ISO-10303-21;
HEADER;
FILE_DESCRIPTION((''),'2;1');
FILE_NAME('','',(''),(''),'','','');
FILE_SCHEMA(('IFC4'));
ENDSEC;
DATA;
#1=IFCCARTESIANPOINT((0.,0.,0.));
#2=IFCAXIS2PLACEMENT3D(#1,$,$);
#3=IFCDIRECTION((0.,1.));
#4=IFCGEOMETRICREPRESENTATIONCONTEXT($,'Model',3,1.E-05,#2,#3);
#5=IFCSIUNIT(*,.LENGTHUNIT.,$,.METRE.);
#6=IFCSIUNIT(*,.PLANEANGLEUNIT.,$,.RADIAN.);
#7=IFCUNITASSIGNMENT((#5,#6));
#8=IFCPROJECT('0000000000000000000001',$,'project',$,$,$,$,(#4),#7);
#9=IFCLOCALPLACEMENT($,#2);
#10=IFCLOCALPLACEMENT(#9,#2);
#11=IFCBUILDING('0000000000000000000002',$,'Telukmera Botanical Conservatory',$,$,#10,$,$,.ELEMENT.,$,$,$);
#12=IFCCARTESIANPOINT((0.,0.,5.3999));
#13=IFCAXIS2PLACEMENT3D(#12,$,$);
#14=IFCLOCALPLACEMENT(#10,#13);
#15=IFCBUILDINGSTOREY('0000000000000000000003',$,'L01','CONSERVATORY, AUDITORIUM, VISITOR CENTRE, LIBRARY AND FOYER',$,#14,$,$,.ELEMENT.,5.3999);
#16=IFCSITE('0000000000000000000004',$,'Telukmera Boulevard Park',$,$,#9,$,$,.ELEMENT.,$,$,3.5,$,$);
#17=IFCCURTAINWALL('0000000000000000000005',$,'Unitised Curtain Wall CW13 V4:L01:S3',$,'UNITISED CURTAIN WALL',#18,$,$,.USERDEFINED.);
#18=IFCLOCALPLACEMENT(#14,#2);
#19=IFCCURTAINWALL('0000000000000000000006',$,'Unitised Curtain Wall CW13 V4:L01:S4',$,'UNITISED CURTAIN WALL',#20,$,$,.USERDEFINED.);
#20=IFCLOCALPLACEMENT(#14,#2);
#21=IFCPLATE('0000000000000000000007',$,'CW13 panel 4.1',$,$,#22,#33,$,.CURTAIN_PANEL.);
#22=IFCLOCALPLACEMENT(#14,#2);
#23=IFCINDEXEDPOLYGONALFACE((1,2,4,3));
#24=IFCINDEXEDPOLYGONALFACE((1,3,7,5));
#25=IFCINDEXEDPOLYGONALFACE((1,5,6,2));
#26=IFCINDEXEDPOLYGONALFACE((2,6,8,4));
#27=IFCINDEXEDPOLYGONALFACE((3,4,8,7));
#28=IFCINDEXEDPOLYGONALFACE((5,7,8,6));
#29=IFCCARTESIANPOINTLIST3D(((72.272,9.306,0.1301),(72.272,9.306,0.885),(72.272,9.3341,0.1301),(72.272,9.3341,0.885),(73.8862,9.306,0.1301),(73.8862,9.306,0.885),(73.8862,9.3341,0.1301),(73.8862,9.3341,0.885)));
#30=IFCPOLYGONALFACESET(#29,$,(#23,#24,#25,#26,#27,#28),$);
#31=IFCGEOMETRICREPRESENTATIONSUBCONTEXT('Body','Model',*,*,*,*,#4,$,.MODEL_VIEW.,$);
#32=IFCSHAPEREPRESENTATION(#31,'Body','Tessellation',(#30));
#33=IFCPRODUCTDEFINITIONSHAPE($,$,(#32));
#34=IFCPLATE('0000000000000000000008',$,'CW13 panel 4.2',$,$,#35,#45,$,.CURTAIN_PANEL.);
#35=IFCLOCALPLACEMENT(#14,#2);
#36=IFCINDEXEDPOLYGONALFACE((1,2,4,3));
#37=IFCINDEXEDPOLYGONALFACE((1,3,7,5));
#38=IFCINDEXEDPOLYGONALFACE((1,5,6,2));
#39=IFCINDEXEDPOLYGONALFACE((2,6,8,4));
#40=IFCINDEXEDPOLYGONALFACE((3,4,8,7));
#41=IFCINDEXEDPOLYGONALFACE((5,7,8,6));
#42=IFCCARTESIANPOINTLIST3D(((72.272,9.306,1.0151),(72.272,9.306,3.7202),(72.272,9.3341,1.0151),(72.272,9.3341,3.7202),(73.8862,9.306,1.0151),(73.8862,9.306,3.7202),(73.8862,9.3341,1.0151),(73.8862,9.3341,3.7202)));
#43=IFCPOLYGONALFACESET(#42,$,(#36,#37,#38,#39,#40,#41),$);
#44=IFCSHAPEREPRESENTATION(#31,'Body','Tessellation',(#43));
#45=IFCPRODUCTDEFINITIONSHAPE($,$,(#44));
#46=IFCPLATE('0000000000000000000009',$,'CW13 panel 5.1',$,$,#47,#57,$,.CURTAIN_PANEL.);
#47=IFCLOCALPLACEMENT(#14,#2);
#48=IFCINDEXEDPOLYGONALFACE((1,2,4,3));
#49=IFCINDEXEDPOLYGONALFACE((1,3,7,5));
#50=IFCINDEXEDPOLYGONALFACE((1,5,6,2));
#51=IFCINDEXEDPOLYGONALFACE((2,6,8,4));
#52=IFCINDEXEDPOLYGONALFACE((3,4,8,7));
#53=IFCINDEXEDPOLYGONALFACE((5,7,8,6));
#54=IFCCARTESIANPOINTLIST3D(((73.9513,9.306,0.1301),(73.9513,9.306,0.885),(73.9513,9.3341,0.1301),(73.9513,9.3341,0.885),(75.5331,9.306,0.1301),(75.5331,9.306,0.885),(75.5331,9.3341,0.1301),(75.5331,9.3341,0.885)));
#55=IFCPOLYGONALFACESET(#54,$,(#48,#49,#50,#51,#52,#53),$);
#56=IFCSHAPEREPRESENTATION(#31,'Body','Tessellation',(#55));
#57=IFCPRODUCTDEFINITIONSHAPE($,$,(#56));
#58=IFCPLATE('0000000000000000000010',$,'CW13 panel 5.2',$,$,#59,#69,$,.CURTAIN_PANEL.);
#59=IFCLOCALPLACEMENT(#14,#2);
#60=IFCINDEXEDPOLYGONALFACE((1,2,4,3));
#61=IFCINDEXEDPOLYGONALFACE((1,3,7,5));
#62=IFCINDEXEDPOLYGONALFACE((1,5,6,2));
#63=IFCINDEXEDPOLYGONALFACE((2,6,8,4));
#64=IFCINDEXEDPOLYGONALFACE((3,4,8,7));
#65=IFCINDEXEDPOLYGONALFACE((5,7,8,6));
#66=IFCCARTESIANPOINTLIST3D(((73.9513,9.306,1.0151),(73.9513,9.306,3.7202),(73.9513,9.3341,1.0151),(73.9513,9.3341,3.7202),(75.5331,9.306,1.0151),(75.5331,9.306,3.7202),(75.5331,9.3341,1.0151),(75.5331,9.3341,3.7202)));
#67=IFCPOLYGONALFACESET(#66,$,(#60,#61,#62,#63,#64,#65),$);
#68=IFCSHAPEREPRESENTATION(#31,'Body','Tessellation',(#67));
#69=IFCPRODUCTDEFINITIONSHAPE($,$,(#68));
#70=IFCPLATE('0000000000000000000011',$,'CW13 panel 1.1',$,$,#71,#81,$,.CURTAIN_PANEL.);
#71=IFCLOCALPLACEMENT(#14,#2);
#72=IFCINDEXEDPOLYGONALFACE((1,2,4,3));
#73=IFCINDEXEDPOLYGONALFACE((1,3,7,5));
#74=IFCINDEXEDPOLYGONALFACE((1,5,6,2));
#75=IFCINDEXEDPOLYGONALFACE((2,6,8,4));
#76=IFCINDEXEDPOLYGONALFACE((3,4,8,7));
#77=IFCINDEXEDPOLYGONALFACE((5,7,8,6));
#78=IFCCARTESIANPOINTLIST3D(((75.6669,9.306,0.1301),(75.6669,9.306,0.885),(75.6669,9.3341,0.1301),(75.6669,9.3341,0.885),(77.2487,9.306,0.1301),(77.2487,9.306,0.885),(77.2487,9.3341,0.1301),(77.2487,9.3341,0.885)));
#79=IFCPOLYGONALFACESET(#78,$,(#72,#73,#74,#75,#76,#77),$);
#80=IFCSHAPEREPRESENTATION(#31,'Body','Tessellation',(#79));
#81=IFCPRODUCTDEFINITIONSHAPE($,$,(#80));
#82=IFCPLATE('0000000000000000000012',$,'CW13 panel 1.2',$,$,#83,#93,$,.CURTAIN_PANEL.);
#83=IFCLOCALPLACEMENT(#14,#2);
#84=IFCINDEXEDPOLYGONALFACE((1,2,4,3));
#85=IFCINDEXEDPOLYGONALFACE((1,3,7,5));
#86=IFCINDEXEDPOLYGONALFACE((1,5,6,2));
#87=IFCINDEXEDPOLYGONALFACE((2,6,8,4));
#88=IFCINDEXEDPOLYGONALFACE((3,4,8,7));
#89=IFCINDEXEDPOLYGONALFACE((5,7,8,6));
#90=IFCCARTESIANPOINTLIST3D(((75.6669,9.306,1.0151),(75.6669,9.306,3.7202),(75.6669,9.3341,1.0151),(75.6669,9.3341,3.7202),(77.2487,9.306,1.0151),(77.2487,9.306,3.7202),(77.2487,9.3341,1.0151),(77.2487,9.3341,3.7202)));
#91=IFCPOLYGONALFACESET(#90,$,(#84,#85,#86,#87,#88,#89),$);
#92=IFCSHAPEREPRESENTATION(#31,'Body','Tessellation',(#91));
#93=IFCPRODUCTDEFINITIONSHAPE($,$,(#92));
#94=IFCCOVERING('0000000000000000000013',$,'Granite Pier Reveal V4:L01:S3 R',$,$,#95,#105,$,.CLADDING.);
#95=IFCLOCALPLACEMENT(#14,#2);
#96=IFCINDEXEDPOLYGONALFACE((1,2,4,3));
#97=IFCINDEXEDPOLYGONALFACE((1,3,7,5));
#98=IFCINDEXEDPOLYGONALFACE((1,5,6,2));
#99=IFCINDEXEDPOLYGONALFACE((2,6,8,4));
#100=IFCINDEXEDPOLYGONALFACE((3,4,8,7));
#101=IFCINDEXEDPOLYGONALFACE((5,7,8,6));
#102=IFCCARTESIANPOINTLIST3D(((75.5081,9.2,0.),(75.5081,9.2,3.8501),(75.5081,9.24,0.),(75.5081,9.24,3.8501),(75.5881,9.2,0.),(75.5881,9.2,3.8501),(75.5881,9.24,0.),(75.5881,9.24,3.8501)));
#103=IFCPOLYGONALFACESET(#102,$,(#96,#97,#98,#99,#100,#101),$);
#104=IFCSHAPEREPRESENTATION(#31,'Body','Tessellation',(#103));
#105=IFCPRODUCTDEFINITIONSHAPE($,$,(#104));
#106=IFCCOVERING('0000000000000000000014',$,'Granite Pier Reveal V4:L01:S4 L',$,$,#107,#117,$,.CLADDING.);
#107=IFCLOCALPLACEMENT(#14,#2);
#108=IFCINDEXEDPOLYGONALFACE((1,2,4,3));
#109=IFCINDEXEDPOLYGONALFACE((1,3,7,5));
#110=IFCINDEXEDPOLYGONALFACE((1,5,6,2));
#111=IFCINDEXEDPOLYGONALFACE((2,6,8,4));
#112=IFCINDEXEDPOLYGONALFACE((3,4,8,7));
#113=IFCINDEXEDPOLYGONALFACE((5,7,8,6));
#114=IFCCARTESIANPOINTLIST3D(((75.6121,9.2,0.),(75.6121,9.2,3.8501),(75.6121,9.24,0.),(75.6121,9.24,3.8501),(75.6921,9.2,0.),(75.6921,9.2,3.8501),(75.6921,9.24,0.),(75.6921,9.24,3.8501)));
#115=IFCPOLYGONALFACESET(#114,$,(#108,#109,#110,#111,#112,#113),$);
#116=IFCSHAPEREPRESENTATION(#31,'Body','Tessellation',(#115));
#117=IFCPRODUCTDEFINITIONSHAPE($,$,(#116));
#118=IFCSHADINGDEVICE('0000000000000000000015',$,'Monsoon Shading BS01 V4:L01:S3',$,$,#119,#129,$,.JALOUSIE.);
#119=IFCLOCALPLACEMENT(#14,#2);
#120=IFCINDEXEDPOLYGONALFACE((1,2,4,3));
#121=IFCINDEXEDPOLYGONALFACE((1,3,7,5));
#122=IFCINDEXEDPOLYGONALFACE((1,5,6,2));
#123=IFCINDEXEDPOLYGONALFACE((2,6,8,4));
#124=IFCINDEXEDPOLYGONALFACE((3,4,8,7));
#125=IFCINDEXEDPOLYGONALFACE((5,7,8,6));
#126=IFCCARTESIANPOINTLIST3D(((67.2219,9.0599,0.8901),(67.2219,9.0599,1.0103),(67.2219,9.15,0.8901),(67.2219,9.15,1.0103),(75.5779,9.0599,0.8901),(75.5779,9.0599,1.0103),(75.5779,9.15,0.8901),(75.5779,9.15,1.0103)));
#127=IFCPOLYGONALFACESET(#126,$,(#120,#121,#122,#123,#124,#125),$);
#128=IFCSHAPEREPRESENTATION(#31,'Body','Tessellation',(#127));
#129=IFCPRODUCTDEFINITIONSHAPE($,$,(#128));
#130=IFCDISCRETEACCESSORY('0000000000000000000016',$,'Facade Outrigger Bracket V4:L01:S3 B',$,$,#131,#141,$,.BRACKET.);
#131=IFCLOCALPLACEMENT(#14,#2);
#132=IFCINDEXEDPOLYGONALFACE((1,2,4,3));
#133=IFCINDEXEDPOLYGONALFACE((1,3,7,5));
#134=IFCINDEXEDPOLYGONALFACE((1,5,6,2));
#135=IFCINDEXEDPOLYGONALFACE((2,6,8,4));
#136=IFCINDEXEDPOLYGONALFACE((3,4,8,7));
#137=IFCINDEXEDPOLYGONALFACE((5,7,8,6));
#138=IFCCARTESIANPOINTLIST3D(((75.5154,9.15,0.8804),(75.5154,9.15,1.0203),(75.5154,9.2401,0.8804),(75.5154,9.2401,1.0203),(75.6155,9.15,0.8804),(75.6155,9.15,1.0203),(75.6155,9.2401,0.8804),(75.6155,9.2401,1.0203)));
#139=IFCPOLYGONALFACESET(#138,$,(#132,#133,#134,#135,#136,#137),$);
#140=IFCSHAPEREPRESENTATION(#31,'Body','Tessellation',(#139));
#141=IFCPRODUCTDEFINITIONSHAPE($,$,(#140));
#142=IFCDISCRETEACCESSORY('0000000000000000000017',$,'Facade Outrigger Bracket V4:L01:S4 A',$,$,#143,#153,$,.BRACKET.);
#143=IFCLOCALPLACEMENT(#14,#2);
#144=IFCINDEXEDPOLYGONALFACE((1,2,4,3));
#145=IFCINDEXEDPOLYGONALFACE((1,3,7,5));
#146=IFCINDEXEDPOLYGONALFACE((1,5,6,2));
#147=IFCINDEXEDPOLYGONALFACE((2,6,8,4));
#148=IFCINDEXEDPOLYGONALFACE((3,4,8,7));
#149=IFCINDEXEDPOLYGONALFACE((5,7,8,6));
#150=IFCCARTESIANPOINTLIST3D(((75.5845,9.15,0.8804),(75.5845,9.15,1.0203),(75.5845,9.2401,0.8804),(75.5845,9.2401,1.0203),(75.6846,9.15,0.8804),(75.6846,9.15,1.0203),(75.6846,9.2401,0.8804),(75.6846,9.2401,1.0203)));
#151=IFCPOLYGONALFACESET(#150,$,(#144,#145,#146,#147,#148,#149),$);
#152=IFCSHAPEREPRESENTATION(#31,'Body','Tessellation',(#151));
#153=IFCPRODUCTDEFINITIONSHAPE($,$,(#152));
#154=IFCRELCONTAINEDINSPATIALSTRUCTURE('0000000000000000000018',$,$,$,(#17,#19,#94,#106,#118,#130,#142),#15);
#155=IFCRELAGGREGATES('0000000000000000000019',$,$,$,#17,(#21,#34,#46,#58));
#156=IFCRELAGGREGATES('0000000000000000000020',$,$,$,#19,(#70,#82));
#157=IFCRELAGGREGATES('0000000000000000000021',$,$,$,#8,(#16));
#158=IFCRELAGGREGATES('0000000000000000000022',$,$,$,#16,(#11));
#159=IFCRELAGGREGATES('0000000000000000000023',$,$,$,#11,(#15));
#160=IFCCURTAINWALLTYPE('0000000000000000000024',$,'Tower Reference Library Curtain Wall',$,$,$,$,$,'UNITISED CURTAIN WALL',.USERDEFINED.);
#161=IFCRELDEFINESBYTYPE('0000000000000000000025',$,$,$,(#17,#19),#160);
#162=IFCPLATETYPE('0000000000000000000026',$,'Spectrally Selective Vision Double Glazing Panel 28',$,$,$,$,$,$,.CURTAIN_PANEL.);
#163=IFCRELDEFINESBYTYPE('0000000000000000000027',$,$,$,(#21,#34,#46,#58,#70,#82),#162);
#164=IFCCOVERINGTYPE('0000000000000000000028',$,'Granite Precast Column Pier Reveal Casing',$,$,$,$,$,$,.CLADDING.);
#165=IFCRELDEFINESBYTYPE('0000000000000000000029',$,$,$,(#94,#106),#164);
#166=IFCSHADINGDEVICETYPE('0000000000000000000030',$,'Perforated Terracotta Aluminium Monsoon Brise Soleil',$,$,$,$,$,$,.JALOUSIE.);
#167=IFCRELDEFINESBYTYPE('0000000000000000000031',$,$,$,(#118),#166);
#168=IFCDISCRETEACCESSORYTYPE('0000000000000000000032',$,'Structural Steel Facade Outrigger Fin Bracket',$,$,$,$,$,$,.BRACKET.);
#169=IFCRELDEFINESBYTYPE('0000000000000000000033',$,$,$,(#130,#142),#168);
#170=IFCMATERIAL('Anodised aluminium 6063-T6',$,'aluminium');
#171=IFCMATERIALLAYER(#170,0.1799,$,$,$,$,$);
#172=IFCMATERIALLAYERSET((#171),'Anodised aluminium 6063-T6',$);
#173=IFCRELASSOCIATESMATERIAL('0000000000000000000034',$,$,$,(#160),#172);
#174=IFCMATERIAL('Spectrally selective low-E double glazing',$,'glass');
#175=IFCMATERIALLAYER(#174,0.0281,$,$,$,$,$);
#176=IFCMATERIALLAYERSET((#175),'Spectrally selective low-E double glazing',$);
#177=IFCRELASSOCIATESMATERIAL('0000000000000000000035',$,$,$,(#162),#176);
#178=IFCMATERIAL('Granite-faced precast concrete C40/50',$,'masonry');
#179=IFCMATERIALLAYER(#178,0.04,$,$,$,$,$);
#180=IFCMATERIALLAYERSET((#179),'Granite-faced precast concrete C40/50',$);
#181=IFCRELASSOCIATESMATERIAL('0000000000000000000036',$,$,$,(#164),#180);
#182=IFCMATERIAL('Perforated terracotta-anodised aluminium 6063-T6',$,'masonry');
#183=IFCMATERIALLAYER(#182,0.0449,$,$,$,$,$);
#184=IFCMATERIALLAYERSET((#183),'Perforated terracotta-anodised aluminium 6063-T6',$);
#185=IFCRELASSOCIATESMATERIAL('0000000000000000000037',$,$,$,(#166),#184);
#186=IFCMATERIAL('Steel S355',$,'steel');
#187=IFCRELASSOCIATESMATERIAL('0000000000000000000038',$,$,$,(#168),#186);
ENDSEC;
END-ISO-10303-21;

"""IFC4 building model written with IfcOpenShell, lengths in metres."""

from ifc_helpers import new_model, si_unit, direction, frame, origin, origin_2d, place, context, subcontext, project, spatial, rectangle, extrude, material, layer, layer_set, type_object, element, aggregate, save


model = new_model("IFC4")

# Units and contexts
model_context = context("Model", 3, precision=1e-05, world=origin(), true_north=direction((0.0, 1.0)))
body_context = subcontext(model_context, "Body", "Model", "MODEL_VIEW")
ifc_project = project(units=[si_unit("LENGTHUNIT", "METRE"), si_unit("PLANEANGLEUNIT", "RADIAN")], contexts=[model_context])

# Site, building, storey
site_placement = place(None, origin())
site = spatial("IfcSite", under=ifc_project, at=site_placement, Name="Telukmera Boulevard Park", CompositionType="ELEMENT", RefElevation=3.5)
building_placement = place(site_placement, origin())
building = spatial("IfcBuilding", under=site, at=building_placement, Name="Telukmera Botanical Conservatory", CompositionType="ELEMENT")
storey_placement = place(building_placement, frame((0.0, 0.0, 5.3999)))
storey = spatial("IfcBuildingStorey", under=building, at=storey_placement, Name="L01", Description="CONSERVATORY, AUDITORIUM, VISITOR CENTRE, LIBRARY AND FOYER", CompositionType="ELEMENT", Elevation=5.3999)

# Curtain walls
ifc_material_1 = material(Name="Anodised aluminium 6063-T6", Category="aluminium")
ifc_layer_1 = layer(ifc_material_1, 0.1799)
ifc_layer_set_1 = layer_set([ifc_layer_1], Name="Anodised aluminium 6063-T6")
curtain_wall_type = type_object("IfcCurtainWallType", Name="Tower Reference Library Curtain Wall", ElementType="UNITISED CURTAIN WALL", PredefinedType="USERDEFINED", material=ifc_layer_set_1)
curtain_wall_1_placement = place(storey_placement, origin())
curtain_wall_1 = element("IfcCurtainWall", 1, at=curtain_wall_1_placement, inside=storey, type_object=curtain_wall_type, Name="Unitised Curtain Wall CW13 V4:L01:S3", ObjectType="UNITISED CURTAIN WALL", PredefinedType="USERDEFINED")
curtain_wall_2_placement = place(storey_placement, origin())
curtain_wall_2 = element("IfcCurtainWall", 2, at=curtain_wall_2_placement, inside=storey, type_object=curtain_wall_type, Name="Unitised Curtain Wall CW13 V4:L01:S4", ObjectType="UNITISED CURTAIN WALL", PredefinedType="USERDEFINED")

# Plates
ifc_material_2 = material(Name="Spectrally selective low-E double glazing", Category="glass")
ifc_layer_2 = layer(ifc_material_2, 0.0281)
ifc_layer_set_2 = layer_set([ifc_layer_2], Name="Spectrally selective low-E double glazing")
plate_type = type_object("IfcPlateType", Name="Spectrally Selective Vision Double Glazing Panel 28", PredefinedType="CURTAIN_PANEL", material=ifc_layer_set_2)
plate_1_placement = place(storey_placement, frame((73.0791, 9.3201, 0.1301), z_axis=(0.0, 0.0, 1.0), x_axis=(1.0, 0.0, 0.0)))
plate_1 = element("IfcPlate", 3, at=plate_1_placement, type_object=plate_type, Name="CW13 panel 4.1", PredefinedType="CURTAIN_PANEL", context=body_context, shape_type="SweptSolid", body=[
    extrude(rectangle(XDim=1.6143, YDim=0.0281, at=origin_2d()), origin(), (0.0, 0.0, 1.0), 0.7549),
])
plate_2_placement = place(storey_placement, frame((73.0791, 9.3201, 1.0151), z_axis=(0.0, 0.0, 1.0), x_axis=(1.0, 0.0, 0.0)))
plate_2 = element("IfcPlate", 4, at=plate_2_placement, type_object=plate_type, Name="CW13 panel 4.2", PredefinedType="CURTAIN_PANEL", context=body_context, shape_type="SweptSolid", body=[
    extrude(rectangle(XDim=1.6143, YDim=0.0281, at=origin_2d()), origin(), (0.0, 0.0, 1.0), 2.7051),
])
plate_3_placement = place(storey_placement, frame((74.7422, 9.3201, 0.1301), z_axis=(0.0, 0.0, 1.0), x_axis=(1.0, 0.0, 0.0)))
plate_3 = element("IfcPlate", 5, at=plate_3_placement, type_object=plate_type, Name="CW13 panel 5.1", PredefinedType="CURTAIN_PANEL", context=body_context, shape_type="SweptSolid", body=[
    extrude(rectangle(XDim=1.5818, YDim=0.0281, at=origin_2d()), origin(), (0.0, 0.0, 1.0), 0.7549),
])
plate_4_placement = place(storey_placement, frame((74.7422, 9.3201, 1.0151), z_axis=(0.0, 0.0, 1.0), x_axis=(1.0, 0.0, 0.0)))
plate_4 = element("IfcPlate", 6, at=plate_4_placement, type_object=plate_type, Name="CW13 panel 5.2", PredefinedType="CURTAIN_PANEL", context=body_context, shape_type="SweptSolid", body=[
    extrude(rectangle(XDim=1.5818, YDim=0.0281, at=origin_2d()), origin(), (0.0, 0.0, 1.0), 2.7051),
])
aggregate(curtain_wall_1, [plate_1, plate_2, plate_3, plate_4])
plate_5_placement = place(storey_placement, frame((76.4578, 9.3201, 0.1301), z_axis=(0.0, 0.0, 1.0), x_axis=(1.0, 0.0, 0.0)))
plate_5 = element("IfcPlate", 7, at=plate_5_placement, type_object=plate_type, Name="CW13 panel 1.1", PredefinedType="CURTAIN_PANEL", context=body_context, shape_type="SweptSolid", body=[
    extrude(rectangle(XDim=1.5818, YDim=0.0281, at=origin_2d()), origin(), (0.0, 0.0, 1.0), 0.7549),
])
plate_6_placement = place(storey_placement, frame((76.4578, 9.3201, 1.0151), z_axis=(0.0, 0.0, 1.0), x_axis=(1.0, 0.0, 0.0)))
plate_6 = element("IfcPlate", 8, at=plate_6_placement, type_object=plate_type, Name="CW13 panel 1.2", PredefinedType="CURTAIN_PANEL", context=body_context, shape_type="SweptSolid", body=[
    extrude(rectangle(XDim=1.5818, YDim=0.0281, at=origin_2d()), origin(), (0.0, 0.0, 1.0), 2.7051),
])
aggregate(curtain_wall_2, [plate_5, plate_6])

# Coverings
ifc_material_3 = material(Name="Granite-faced precast concrete C40/50", Category="masonry")
ifc_layer_3 = layer(ifc_material_3, 0.04)
ifc_layer_set_3 = layer_set([ifc_layer_3], Name="Granite-faced precast concrete C40/50")
covering_type = type_object("IfcCoveringType", Name="Granite Precast Column Pier Reveal Casing", PredefinedType="CLADDING", material=ifc_layer_set_3)
for number, where, z_axis, x_axis, name in (
    (9, (75.5481, 9.22, 0.0), (0.0, 0.0, 1.0), (1.0, 0.0, 0.0), "Granite Pier Reveal V4:L01:S3 R"),
    (10, (75.6521, 9.22, 0.0), (0.0, 0.0, 1.0), (1.0, 0.0, 0.0), "Granite Pier Reveal V4:L01:S4 L"),
):
    element("IfcCovering", number, at=place(storey_placement, frame(where, z_axis=z_axis, x_axis=x_axis)), inside=storey, type_object=covering_type, Name=name, PredefinedType="CLADDING", context=body_context, shape_type="SweptSolid", body=[
        extrude(rectangle(XDim=0.0801, YDim=0.04, at=origin_2d()), origin(), (0.0, 0.0, 1.0), 3.8501),
    ])

# Shading device
ifc_material_4 = material(Name="Perforated terracotta-anodised aluminium 6063-T6", Category="masonry")
ifc_layer_4 = layer(ifc_material_4, 0.0449)
ifc_layer_set_4 = layer_set([ifc_layer_4], Name="Perforated terracotta-anodised aluminium 6063-T6")
shading_device_type = type_object("IfcShadingDeviceType", Name="Perforated Terracotta Aluminium Monsoon Brise Soleil", PredefinedType="JALOUSIE", material=ifc_layer_set_4)
shading_device_placement = place(storey_placement, frame((71.3999, 9.105, 0.8901), z_axis=(0.0, 0.0, 1.0), x_axis=(1.0, 0.0, 0.0)))
element("IfcShadingDevice", 11, at=shading_device_placement, inside=storey, type_object=shading_device_type, Name="Monsoon Shading BS01 V4:L01:S3", PredefinedType="JALOUSIE", context=body_context, shape_type="SweptSolid", body=[
    extrude(rectangle(XDim=8.356, YDim=0.0901, at=origin_2d()), origin(), (0.0, 0.0, 1.0), 0.1201),
])

# Discrete accessories
ifc_material_5 = material(Name="Steel S355", Category="steel")
discrete_accessory_type = type_object("IfcDiscreteAccessoryType", Name="Structural Steel Facade Outrigger Fin Bracket", PredefinedType="BRACKET", material=ifc_material_5)
for number, where, z_axis, x_axis, name in (
    (12, (75.5654, 9.1951, 0.8804), (0.0, 0.0, 1.0), (1.0, 0.0, 0.0), "Facade Outrigger Bracket V4:L01:S3 B"),
    (13, (75.6345, 9.1951, 0.8804), (0.0, 0.0, 1.0), (1.0, 0.0, 0.0), "Facade Outrigger Bracket V4:L01:S4 A"),
):
    element("IfcDiscreteAccessory", number, at=place(storey_placement, frame(where, z_axis=z_axis, x_axis=x_axis)), inside=storey, type_object=discrete_accessory_type, Name=name, PredefinedType="BRACKET", context=body_context, shape_type="SweptSolid", body=[
        extrude(rectangle(XDim=0.1001, YDim=0.0901, at=origin_2d()), origin(), (0.0, 0.0, 1.0), 0.1399),
    ])

save(model, "model.ifc")
